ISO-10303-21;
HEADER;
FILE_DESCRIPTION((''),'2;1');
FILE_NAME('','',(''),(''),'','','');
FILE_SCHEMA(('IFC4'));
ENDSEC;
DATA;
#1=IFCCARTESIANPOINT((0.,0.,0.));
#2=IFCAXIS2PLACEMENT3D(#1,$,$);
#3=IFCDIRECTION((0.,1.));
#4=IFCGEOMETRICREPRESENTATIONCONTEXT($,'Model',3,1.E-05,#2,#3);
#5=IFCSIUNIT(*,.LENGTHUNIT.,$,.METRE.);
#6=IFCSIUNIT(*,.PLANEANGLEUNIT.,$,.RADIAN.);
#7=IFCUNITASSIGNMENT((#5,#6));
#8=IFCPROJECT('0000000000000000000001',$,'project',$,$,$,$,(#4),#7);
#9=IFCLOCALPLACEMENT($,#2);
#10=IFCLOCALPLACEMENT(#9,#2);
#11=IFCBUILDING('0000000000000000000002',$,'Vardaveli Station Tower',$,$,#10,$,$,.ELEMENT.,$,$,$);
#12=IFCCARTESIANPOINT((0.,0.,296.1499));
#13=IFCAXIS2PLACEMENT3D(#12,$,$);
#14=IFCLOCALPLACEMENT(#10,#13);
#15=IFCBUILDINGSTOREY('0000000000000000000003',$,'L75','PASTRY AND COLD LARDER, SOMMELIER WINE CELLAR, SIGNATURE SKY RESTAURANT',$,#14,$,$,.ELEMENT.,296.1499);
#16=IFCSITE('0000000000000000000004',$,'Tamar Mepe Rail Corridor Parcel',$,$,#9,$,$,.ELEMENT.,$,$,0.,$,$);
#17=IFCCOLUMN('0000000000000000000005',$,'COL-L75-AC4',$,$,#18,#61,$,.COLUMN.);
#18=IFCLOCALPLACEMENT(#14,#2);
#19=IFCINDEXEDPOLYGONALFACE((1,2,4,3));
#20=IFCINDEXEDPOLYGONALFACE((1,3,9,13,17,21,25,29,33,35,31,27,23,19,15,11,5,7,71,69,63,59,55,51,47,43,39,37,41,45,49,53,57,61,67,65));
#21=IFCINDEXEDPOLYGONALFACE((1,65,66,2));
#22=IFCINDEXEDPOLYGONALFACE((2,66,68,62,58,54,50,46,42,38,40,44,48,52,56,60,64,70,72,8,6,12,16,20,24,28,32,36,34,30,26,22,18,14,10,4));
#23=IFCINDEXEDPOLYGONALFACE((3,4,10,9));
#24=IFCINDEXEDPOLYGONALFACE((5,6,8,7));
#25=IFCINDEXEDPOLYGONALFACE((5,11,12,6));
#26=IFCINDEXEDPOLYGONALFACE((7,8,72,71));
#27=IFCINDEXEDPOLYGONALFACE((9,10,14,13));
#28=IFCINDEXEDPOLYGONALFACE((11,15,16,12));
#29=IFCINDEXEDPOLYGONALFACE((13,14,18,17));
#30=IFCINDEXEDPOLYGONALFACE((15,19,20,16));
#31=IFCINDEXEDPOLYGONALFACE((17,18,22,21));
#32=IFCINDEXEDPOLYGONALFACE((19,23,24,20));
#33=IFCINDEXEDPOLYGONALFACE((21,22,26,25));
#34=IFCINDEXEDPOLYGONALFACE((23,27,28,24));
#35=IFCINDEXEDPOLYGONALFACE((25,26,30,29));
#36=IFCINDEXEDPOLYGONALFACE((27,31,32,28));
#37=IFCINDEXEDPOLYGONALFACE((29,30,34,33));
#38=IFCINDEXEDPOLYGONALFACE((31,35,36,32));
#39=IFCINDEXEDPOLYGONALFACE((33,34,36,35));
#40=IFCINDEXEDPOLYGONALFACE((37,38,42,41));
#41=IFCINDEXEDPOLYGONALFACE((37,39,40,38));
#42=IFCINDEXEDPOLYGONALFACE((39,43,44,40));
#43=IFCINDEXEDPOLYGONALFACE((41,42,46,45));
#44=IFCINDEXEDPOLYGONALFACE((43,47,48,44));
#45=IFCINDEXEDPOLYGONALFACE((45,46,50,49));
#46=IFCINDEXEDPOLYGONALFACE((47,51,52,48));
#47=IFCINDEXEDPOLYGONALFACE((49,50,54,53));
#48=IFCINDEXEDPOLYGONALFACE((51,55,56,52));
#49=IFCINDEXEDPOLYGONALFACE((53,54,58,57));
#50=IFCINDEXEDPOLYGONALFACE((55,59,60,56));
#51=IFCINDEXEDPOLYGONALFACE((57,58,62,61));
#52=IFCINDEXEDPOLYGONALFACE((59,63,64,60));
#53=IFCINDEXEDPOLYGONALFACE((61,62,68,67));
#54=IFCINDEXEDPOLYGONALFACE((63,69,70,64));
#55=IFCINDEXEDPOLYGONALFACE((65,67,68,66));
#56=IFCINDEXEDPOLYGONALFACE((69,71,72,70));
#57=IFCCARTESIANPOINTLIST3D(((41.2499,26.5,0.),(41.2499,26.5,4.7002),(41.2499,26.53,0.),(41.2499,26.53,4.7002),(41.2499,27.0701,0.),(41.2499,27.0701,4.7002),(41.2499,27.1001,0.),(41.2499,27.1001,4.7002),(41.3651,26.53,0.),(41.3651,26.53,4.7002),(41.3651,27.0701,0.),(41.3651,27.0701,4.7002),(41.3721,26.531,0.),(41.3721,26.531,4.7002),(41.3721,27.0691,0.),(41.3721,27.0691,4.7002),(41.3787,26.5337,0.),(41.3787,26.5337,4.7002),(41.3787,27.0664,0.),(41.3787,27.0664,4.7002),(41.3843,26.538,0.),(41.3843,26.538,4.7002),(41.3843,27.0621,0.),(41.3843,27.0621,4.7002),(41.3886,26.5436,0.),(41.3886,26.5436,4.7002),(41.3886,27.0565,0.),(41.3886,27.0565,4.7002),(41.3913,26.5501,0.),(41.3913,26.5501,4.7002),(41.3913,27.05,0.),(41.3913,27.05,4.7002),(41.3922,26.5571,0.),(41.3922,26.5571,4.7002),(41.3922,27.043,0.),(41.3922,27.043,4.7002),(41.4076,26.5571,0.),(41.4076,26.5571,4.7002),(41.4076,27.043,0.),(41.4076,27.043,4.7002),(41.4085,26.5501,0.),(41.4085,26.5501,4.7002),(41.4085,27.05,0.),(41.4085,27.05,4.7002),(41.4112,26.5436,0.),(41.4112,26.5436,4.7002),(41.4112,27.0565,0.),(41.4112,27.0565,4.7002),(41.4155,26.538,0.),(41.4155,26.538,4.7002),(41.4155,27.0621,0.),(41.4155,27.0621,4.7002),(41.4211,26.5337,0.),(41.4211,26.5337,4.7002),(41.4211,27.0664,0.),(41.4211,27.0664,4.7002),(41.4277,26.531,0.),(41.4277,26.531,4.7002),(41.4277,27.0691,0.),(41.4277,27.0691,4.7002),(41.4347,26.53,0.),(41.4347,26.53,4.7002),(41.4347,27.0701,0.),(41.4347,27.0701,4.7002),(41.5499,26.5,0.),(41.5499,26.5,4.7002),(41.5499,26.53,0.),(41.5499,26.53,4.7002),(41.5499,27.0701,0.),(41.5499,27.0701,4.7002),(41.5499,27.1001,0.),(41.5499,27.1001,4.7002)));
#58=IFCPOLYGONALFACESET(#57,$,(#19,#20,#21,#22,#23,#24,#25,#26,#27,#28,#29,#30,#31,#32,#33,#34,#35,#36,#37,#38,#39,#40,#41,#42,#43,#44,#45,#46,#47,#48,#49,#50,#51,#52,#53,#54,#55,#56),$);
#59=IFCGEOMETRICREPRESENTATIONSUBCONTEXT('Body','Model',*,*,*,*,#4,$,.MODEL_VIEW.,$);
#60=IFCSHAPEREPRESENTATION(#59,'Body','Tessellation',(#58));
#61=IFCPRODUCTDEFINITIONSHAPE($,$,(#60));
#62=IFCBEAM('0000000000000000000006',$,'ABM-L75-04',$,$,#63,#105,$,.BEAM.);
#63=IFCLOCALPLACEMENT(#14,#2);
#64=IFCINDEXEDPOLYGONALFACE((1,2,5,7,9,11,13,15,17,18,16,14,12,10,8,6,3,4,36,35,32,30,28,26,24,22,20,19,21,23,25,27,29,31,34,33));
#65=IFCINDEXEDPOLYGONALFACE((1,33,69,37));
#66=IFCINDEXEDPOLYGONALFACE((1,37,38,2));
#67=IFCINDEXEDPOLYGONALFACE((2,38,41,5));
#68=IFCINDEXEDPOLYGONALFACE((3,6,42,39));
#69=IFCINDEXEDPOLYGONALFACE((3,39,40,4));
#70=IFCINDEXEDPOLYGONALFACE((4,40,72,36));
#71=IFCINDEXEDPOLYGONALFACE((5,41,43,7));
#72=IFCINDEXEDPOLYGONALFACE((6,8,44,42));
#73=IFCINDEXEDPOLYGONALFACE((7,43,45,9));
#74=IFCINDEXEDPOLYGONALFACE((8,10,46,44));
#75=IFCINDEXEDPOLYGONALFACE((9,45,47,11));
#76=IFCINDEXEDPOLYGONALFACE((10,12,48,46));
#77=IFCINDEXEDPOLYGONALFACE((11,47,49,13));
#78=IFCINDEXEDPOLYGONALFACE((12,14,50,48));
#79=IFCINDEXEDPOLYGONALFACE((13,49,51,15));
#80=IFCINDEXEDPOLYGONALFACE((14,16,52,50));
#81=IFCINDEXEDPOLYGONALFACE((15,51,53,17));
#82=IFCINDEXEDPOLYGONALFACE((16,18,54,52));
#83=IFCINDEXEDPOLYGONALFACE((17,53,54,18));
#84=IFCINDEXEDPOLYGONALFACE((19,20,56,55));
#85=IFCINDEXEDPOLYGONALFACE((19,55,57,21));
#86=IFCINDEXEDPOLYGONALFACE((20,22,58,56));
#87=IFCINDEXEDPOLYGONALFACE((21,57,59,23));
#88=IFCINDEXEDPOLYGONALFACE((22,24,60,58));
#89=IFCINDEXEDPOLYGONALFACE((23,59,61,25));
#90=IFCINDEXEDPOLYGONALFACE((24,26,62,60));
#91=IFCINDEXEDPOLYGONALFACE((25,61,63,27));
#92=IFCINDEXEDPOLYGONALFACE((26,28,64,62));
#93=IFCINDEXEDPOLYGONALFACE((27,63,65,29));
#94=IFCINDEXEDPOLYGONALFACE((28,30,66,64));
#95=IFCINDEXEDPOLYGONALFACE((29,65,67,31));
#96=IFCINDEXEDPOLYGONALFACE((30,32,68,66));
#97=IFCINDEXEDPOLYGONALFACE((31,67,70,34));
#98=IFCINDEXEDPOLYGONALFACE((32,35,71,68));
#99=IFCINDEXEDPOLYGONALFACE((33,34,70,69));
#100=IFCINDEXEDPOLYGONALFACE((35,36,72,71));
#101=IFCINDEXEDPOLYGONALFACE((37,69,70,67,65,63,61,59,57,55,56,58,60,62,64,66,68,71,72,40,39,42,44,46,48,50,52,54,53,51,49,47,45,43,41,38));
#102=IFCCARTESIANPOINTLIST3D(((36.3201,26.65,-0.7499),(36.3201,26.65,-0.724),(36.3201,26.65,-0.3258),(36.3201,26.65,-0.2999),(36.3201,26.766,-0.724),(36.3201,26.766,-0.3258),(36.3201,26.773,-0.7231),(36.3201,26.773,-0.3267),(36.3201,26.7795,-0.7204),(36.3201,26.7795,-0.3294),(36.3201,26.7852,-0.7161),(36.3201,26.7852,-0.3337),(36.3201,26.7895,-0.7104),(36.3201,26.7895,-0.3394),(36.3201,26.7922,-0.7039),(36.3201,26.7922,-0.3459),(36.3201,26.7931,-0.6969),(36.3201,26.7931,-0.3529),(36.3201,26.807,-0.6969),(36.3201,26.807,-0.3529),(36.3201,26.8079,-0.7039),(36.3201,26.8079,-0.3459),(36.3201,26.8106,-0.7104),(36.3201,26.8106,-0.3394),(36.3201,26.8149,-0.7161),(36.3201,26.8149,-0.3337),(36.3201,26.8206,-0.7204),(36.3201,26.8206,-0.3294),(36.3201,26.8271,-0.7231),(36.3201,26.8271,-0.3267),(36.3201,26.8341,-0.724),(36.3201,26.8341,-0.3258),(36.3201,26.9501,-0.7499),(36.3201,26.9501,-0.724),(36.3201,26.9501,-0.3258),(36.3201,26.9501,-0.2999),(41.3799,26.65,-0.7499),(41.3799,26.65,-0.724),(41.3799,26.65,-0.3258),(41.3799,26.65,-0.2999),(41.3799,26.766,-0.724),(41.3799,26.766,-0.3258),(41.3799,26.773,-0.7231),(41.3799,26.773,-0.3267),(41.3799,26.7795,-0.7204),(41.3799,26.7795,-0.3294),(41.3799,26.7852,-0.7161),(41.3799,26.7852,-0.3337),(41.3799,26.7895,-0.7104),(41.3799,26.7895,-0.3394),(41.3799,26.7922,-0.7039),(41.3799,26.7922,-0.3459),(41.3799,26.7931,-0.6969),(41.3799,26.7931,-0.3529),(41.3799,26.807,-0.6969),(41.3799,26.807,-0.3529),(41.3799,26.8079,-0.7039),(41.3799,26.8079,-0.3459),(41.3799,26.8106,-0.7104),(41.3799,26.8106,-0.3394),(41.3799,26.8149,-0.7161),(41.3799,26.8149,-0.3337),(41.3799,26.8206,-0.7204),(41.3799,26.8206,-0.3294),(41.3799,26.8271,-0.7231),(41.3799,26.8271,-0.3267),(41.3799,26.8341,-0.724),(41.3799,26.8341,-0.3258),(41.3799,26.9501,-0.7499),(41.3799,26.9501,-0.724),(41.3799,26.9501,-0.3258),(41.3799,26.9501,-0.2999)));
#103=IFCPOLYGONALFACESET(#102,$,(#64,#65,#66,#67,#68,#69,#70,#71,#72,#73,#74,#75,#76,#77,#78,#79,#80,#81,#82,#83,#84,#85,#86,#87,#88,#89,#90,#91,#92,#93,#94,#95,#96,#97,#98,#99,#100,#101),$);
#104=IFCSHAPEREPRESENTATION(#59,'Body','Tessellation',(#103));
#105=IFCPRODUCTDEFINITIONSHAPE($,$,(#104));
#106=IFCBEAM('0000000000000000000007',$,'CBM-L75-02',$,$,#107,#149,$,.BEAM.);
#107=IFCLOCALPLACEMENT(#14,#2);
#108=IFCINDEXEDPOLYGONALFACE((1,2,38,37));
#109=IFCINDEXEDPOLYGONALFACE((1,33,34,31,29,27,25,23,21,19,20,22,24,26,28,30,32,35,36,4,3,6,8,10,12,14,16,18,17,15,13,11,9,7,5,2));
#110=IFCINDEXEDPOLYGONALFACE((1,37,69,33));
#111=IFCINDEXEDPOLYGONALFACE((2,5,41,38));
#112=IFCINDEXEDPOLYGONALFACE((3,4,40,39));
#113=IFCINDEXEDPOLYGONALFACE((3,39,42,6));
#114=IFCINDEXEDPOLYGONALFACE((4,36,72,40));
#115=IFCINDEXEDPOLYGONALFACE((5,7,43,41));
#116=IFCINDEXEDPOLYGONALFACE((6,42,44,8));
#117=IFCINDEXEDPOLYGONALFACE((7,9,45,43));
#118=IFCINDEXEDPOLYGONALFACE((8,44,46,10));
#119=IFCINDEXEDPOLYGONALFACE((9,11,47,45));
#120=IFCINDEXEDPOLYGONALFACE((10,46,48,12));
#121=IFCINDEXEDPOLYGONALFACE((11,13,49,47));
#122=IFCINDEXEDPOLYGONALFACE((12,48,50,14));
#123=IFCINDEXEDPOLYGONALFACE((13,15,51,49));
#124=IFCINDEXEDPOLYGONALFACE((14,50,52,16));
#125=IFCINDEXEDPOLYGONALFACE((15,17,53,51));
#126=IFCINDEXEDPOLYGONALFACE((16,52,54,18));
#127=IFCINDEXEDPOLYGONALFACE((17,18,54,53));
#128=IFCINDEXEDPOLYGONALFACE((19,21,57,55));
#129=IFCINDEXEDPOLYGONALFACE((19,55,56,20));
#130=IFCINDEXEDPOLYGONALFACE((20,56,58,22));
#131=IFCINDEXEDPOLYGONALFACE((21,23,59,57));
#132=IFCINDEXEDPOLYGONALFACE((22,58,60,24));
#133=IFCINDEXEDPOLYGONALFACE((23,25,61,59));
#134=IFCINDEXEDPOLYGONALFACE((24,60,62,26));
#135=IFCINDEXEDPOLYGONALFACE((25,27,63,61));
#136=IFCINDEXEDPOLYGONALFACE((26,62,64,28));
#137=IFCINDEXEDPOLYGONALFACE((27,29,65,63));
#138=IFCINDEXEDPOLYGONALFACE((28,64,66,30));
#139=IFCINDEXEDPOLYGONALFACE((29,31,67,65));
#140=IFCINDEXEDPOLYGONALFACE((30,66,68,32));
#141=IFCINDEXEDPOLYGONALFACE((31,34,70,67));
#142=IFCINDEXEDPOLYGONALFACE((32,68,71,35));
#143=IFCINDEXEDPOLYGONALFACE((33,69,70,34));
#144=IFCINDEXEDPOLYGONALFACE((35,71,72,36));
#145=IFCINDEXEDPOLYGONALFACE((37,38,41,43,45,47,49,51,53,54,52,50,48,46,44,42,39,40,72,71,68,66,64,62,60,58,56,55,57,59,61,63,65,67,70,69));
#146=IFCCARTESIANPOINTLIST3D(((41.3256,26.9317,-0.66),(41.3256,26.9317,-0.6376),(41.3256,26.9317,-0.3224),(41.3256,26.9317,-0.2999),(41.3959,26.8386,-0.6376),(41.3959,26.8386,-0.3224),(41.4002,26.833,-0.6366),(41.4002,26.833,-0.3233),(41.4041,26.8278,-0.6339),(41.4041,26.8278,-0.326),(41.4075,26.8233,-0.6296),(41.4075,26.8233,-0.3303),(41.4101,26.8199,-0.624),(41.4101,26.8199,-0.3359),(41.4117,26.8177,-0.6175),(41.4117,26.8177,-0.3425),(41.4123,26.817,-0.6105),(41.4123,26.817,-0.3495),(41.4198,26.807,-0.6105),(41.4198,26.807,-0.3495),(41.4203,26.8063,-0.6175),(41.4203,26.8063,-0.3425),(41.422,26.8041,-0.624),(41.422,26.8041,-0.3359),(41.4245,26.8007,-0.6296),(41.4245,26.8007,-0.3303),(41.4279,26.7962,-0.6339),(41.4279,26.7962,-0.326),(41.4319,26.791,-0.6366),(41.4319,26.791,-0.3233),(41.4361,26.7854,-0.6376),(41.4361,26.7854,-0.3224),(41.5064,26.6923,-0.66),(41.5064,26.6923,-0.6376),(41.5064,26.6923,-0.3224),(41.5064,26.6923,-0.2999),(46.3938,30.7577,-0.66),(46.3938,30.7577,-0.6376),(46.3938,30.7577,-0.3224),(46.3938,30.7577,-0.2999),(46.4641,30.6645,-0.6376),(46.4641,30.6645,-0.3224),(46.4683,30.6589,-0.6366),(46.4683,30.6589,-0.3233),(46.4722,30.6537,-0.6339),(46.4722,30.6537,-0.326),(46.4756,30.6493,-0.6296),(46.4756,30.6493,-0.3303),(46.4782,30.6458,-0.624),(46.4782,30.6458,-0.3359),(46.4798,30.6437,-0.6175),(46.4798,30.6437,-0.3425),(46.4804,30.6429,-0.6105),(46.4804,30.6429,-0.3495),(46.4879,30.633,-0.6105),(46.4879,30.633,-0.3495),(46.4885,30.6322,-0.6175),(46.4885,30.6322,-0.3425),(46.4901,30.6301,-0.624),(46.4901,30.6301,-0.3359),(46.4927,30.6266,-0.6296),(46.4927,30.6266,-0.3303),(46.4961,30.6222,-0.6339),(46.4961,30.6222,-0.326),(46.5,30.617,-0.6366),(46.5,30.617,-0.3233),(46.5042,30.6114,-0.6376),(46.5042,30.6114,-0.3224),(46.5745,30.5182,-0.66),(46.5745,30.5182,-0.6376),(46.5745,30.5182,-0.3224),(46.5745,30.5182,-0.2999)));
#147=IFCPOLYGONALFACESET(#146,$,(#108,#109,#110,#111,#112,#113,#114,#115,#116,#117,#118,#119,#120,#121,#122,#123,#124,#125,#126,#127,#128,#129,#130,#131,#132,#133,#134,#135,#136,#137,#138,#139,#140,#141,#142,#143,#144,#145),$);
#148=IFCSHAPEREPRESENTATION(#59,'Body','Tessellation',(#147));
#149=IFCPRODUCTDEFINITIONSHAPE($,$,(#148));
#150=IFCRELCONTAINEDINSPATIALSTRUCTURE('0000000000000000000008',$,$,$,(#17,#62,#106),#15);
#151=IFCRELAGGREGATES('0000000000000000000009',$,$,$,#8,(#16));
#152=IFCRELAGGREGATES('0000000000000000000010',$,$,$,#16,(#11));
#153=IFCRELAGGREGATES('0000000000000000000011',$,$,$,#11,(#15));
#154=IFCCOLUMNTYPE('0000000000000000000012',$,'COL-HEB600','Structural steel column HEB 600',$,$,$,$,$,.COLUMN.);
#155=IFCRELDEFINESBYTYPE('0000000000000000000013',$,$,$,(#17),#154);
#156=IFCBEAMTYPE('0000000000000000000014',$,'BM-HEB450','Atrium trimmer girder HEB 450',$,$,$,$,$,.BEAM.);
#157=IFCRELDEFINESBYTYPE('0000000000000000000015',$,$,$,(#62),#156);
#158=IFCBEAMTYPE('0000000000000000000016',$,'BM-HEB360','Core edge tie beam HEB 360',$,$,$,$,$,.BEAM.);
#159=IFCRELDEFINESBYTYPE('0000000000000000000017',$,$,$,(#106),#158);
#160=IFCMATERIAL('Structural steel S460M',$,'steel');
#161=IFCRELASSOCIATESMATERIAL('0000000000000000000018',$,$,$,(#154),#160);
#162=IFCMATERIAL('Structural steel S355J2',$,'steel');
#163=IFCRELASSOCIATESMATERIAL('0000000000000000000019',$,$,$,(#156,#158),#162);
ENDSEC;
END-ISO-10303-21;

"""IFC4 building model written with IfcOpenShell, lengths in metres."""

from ifc_helpers import new_model, si_unit, direction, frame, origin, origin_2d, place, context, subcontext, project, spatial, i_section, extrude, source, transform, mapped, material, material_profile, profile_set, type_object, element, save


model = new_model("IFC4")

# Units and contexts
model_context = context("Model", 3, precision=1e-05, world=origin(), true_north=direction((0.0, 1.0)))
body_context = subcontext(model_context, "Body", "Model", "MODEL_VIEW")
ifc_project = project(units=[si_unit("LENGTHUNIT", "METRE"), si_unit("PLANEANGLEUNIT", "RADIAN")], contexts=[model_context])

# Site, building, storey
site_placement = place(None, origin())
site = spatial("IfcSite", under=ifc_project, at=site_placement, Name="Tamar Mepe Rail Corridor Parcel", CompositionType="ELEMENT", RefElevation=0.0)
building_placement = place(site_placement, origin())
building = spatial("IfcBuilding", under=site, at=building_placement, Name="Vardaveli Station Tower", CompositionType="ELEMENT")
storey_placement = place(building_placement, frame((0.0, 0.0, 296.1499)))
storey = spatial("IfcBuildingStorey", under=building, at=storey_placement, Name="L75", Description="PASTRY AND COLD LARDER, SOMMELIER WINE CELLAR, SIGNATURE SKY RESTAURANT", CompositionType="ELEMENT", Elevation=296.1499)

# Column
ifc_material_1 = material(Name="Structural steel S460M", Category="steel")
ifc_material_profile_1 = material_profile(ifc_material_1, i_section(OverallWidth=0.3, OverallDepth=0.6001, WebThickness=0.0154, FlangeThickness=0.03, FilletRadius=0.0271, at=origin_2d()), Name="HEB 600")
ifc_profile_set_1 = profile_set([ifc_material_profile_1], Name="Structural steel S460M")
column_type = type_object("IfcColumnType", Name="COL-HEB600", Description="Structural steel column HEB 600", PredefinedType="COLUMN", material=ifc_profile_set_1)
shared_shape_1 = source(origin(), body_context, "Body", "SweptSolid", [
    extrude(i_section(OverallWidth=0.3, OverallDepth=0.6001, WebThickness=0.0154, FlangeThickness=0.03, FilletRadius=0.0271, at=origin_2d()), origin(), (0.0, 0.0, 1.0), 4.7002),
])
column_placement = place(storey_placement, frame((41.3999, 26.8, 0.0), z_axis=(0.0, 0.0, 1.0), x_axis=(1.0, 0.0, 0.0)))
element("IfcColumn", 1, at=column_placement, inside=storey, type_object=column_type, Name="COL-L75-AC4", PredefinedType="COLUMN", context=body_context, shape_type="MappedRepresentation", body=[
    mapped(shared_shape_1, transform((0.0, 0.0, 0.0), scale=1.0)),
])

# Beams
ifc_material_2 = material(Name="Structural steel S355J2", Category="steel")
ifc_material_profile_2 = material_profile(ifc_material_2, i_section(OverallWidth=0.3, OverallDepth=0.45, WebThickness=0.0139, FlangeThickness=0.0259, FilletRadius=0.0271, at=origin_2d()), Name="HEB 450")
ifc_profile_set_2 = profile_set([ifc_material_profile_2], Name="Structural steel S355J2")
beam_type_1 = type_object("IfcBeamType", Name="BM-HEB450", Description="Atrium trimmer girder HEB 450", PredefinedType="BEAM", material=ifc_profile_set_2)
shared_shape_2 = source(origin(), body_context, "Body", "SweptSolid", [
    extrude(i_section(OverallWidth=0.3, OverallDepth=0.45, WebThickness=0.0139, FlangeThickness=0.0259, FilletRadius=0.0271, at=origin_2d()), origin(), (0.0, 0.0, 1.0), 5.0598),
])
beam_1_placement = place(storey_placement, frame((41.3799, 26.8, -0.5249), z_axis=(-1.0, 0.0, 0.0), x_axis=(0.0, -1.0, 0.0)))
element("IfcBeam", 2, at=beam_1_placement, inside=storey, type_object=beam_type_1, Name="ABM-L75-04", PredefinedType="BEAM", context=body_context, shape_type="MappedRepresentation", body=[
    mapped(shared_shape_2, transform((0.0, 0.0, 0.0), scale=1.0)),
])
ifc_material_profile_3 = material_profile(ifc_material_2, i_section(OverallWidth=0.3, OverallDepth=0.3601, WebThickness=0.0125, FlangeThickness=0.0225, FilletRadius=0.0271, at=origin_2d()), Name="HEB 360")
ifc_profile_set_3 = profile_set([ifc_material_profile_3], Name="Structural steel S355J2")
beam_type_2 = type_object("IfcBeamType", Name="BM-HEB360", Description="Core edge tie beam HEB 360", PredefinedType="BEAM", material=ifc_profile_set_3)
shared_shape_3 = source(origin(), body_context, "Body", "SweptSolid", [
    extrude(i_section(OverallWidth=0.3, OverallDepth=0.3601, WebThickness=0.0125, FlangeThickness=0.0225, FilletRadius=0.0271, at=origin_2d()), origin(), (0.0, 0.0, 1.0), 6.3501),
])
beam_2_placement = place(storey_placement, frame((41.416, 26.812, -0.48), z_axis=(0.798118, 0.602501, 0.0), x_axis=(-0.602501, 0.798118, 0.0)))
element("IfcBeam", 3, at=beam_2_placement, inside=storey, type_object=beam_type_2, Name="CBM-L75-02", PredefinedType="BEAM", context=body_context, shape_type="MappedRepresentation", body=[
    mapped(shared_shape_3, transform((0.0, 0.0, 0.0), scale=1.0)),
])

save(model, "model.ifc")
